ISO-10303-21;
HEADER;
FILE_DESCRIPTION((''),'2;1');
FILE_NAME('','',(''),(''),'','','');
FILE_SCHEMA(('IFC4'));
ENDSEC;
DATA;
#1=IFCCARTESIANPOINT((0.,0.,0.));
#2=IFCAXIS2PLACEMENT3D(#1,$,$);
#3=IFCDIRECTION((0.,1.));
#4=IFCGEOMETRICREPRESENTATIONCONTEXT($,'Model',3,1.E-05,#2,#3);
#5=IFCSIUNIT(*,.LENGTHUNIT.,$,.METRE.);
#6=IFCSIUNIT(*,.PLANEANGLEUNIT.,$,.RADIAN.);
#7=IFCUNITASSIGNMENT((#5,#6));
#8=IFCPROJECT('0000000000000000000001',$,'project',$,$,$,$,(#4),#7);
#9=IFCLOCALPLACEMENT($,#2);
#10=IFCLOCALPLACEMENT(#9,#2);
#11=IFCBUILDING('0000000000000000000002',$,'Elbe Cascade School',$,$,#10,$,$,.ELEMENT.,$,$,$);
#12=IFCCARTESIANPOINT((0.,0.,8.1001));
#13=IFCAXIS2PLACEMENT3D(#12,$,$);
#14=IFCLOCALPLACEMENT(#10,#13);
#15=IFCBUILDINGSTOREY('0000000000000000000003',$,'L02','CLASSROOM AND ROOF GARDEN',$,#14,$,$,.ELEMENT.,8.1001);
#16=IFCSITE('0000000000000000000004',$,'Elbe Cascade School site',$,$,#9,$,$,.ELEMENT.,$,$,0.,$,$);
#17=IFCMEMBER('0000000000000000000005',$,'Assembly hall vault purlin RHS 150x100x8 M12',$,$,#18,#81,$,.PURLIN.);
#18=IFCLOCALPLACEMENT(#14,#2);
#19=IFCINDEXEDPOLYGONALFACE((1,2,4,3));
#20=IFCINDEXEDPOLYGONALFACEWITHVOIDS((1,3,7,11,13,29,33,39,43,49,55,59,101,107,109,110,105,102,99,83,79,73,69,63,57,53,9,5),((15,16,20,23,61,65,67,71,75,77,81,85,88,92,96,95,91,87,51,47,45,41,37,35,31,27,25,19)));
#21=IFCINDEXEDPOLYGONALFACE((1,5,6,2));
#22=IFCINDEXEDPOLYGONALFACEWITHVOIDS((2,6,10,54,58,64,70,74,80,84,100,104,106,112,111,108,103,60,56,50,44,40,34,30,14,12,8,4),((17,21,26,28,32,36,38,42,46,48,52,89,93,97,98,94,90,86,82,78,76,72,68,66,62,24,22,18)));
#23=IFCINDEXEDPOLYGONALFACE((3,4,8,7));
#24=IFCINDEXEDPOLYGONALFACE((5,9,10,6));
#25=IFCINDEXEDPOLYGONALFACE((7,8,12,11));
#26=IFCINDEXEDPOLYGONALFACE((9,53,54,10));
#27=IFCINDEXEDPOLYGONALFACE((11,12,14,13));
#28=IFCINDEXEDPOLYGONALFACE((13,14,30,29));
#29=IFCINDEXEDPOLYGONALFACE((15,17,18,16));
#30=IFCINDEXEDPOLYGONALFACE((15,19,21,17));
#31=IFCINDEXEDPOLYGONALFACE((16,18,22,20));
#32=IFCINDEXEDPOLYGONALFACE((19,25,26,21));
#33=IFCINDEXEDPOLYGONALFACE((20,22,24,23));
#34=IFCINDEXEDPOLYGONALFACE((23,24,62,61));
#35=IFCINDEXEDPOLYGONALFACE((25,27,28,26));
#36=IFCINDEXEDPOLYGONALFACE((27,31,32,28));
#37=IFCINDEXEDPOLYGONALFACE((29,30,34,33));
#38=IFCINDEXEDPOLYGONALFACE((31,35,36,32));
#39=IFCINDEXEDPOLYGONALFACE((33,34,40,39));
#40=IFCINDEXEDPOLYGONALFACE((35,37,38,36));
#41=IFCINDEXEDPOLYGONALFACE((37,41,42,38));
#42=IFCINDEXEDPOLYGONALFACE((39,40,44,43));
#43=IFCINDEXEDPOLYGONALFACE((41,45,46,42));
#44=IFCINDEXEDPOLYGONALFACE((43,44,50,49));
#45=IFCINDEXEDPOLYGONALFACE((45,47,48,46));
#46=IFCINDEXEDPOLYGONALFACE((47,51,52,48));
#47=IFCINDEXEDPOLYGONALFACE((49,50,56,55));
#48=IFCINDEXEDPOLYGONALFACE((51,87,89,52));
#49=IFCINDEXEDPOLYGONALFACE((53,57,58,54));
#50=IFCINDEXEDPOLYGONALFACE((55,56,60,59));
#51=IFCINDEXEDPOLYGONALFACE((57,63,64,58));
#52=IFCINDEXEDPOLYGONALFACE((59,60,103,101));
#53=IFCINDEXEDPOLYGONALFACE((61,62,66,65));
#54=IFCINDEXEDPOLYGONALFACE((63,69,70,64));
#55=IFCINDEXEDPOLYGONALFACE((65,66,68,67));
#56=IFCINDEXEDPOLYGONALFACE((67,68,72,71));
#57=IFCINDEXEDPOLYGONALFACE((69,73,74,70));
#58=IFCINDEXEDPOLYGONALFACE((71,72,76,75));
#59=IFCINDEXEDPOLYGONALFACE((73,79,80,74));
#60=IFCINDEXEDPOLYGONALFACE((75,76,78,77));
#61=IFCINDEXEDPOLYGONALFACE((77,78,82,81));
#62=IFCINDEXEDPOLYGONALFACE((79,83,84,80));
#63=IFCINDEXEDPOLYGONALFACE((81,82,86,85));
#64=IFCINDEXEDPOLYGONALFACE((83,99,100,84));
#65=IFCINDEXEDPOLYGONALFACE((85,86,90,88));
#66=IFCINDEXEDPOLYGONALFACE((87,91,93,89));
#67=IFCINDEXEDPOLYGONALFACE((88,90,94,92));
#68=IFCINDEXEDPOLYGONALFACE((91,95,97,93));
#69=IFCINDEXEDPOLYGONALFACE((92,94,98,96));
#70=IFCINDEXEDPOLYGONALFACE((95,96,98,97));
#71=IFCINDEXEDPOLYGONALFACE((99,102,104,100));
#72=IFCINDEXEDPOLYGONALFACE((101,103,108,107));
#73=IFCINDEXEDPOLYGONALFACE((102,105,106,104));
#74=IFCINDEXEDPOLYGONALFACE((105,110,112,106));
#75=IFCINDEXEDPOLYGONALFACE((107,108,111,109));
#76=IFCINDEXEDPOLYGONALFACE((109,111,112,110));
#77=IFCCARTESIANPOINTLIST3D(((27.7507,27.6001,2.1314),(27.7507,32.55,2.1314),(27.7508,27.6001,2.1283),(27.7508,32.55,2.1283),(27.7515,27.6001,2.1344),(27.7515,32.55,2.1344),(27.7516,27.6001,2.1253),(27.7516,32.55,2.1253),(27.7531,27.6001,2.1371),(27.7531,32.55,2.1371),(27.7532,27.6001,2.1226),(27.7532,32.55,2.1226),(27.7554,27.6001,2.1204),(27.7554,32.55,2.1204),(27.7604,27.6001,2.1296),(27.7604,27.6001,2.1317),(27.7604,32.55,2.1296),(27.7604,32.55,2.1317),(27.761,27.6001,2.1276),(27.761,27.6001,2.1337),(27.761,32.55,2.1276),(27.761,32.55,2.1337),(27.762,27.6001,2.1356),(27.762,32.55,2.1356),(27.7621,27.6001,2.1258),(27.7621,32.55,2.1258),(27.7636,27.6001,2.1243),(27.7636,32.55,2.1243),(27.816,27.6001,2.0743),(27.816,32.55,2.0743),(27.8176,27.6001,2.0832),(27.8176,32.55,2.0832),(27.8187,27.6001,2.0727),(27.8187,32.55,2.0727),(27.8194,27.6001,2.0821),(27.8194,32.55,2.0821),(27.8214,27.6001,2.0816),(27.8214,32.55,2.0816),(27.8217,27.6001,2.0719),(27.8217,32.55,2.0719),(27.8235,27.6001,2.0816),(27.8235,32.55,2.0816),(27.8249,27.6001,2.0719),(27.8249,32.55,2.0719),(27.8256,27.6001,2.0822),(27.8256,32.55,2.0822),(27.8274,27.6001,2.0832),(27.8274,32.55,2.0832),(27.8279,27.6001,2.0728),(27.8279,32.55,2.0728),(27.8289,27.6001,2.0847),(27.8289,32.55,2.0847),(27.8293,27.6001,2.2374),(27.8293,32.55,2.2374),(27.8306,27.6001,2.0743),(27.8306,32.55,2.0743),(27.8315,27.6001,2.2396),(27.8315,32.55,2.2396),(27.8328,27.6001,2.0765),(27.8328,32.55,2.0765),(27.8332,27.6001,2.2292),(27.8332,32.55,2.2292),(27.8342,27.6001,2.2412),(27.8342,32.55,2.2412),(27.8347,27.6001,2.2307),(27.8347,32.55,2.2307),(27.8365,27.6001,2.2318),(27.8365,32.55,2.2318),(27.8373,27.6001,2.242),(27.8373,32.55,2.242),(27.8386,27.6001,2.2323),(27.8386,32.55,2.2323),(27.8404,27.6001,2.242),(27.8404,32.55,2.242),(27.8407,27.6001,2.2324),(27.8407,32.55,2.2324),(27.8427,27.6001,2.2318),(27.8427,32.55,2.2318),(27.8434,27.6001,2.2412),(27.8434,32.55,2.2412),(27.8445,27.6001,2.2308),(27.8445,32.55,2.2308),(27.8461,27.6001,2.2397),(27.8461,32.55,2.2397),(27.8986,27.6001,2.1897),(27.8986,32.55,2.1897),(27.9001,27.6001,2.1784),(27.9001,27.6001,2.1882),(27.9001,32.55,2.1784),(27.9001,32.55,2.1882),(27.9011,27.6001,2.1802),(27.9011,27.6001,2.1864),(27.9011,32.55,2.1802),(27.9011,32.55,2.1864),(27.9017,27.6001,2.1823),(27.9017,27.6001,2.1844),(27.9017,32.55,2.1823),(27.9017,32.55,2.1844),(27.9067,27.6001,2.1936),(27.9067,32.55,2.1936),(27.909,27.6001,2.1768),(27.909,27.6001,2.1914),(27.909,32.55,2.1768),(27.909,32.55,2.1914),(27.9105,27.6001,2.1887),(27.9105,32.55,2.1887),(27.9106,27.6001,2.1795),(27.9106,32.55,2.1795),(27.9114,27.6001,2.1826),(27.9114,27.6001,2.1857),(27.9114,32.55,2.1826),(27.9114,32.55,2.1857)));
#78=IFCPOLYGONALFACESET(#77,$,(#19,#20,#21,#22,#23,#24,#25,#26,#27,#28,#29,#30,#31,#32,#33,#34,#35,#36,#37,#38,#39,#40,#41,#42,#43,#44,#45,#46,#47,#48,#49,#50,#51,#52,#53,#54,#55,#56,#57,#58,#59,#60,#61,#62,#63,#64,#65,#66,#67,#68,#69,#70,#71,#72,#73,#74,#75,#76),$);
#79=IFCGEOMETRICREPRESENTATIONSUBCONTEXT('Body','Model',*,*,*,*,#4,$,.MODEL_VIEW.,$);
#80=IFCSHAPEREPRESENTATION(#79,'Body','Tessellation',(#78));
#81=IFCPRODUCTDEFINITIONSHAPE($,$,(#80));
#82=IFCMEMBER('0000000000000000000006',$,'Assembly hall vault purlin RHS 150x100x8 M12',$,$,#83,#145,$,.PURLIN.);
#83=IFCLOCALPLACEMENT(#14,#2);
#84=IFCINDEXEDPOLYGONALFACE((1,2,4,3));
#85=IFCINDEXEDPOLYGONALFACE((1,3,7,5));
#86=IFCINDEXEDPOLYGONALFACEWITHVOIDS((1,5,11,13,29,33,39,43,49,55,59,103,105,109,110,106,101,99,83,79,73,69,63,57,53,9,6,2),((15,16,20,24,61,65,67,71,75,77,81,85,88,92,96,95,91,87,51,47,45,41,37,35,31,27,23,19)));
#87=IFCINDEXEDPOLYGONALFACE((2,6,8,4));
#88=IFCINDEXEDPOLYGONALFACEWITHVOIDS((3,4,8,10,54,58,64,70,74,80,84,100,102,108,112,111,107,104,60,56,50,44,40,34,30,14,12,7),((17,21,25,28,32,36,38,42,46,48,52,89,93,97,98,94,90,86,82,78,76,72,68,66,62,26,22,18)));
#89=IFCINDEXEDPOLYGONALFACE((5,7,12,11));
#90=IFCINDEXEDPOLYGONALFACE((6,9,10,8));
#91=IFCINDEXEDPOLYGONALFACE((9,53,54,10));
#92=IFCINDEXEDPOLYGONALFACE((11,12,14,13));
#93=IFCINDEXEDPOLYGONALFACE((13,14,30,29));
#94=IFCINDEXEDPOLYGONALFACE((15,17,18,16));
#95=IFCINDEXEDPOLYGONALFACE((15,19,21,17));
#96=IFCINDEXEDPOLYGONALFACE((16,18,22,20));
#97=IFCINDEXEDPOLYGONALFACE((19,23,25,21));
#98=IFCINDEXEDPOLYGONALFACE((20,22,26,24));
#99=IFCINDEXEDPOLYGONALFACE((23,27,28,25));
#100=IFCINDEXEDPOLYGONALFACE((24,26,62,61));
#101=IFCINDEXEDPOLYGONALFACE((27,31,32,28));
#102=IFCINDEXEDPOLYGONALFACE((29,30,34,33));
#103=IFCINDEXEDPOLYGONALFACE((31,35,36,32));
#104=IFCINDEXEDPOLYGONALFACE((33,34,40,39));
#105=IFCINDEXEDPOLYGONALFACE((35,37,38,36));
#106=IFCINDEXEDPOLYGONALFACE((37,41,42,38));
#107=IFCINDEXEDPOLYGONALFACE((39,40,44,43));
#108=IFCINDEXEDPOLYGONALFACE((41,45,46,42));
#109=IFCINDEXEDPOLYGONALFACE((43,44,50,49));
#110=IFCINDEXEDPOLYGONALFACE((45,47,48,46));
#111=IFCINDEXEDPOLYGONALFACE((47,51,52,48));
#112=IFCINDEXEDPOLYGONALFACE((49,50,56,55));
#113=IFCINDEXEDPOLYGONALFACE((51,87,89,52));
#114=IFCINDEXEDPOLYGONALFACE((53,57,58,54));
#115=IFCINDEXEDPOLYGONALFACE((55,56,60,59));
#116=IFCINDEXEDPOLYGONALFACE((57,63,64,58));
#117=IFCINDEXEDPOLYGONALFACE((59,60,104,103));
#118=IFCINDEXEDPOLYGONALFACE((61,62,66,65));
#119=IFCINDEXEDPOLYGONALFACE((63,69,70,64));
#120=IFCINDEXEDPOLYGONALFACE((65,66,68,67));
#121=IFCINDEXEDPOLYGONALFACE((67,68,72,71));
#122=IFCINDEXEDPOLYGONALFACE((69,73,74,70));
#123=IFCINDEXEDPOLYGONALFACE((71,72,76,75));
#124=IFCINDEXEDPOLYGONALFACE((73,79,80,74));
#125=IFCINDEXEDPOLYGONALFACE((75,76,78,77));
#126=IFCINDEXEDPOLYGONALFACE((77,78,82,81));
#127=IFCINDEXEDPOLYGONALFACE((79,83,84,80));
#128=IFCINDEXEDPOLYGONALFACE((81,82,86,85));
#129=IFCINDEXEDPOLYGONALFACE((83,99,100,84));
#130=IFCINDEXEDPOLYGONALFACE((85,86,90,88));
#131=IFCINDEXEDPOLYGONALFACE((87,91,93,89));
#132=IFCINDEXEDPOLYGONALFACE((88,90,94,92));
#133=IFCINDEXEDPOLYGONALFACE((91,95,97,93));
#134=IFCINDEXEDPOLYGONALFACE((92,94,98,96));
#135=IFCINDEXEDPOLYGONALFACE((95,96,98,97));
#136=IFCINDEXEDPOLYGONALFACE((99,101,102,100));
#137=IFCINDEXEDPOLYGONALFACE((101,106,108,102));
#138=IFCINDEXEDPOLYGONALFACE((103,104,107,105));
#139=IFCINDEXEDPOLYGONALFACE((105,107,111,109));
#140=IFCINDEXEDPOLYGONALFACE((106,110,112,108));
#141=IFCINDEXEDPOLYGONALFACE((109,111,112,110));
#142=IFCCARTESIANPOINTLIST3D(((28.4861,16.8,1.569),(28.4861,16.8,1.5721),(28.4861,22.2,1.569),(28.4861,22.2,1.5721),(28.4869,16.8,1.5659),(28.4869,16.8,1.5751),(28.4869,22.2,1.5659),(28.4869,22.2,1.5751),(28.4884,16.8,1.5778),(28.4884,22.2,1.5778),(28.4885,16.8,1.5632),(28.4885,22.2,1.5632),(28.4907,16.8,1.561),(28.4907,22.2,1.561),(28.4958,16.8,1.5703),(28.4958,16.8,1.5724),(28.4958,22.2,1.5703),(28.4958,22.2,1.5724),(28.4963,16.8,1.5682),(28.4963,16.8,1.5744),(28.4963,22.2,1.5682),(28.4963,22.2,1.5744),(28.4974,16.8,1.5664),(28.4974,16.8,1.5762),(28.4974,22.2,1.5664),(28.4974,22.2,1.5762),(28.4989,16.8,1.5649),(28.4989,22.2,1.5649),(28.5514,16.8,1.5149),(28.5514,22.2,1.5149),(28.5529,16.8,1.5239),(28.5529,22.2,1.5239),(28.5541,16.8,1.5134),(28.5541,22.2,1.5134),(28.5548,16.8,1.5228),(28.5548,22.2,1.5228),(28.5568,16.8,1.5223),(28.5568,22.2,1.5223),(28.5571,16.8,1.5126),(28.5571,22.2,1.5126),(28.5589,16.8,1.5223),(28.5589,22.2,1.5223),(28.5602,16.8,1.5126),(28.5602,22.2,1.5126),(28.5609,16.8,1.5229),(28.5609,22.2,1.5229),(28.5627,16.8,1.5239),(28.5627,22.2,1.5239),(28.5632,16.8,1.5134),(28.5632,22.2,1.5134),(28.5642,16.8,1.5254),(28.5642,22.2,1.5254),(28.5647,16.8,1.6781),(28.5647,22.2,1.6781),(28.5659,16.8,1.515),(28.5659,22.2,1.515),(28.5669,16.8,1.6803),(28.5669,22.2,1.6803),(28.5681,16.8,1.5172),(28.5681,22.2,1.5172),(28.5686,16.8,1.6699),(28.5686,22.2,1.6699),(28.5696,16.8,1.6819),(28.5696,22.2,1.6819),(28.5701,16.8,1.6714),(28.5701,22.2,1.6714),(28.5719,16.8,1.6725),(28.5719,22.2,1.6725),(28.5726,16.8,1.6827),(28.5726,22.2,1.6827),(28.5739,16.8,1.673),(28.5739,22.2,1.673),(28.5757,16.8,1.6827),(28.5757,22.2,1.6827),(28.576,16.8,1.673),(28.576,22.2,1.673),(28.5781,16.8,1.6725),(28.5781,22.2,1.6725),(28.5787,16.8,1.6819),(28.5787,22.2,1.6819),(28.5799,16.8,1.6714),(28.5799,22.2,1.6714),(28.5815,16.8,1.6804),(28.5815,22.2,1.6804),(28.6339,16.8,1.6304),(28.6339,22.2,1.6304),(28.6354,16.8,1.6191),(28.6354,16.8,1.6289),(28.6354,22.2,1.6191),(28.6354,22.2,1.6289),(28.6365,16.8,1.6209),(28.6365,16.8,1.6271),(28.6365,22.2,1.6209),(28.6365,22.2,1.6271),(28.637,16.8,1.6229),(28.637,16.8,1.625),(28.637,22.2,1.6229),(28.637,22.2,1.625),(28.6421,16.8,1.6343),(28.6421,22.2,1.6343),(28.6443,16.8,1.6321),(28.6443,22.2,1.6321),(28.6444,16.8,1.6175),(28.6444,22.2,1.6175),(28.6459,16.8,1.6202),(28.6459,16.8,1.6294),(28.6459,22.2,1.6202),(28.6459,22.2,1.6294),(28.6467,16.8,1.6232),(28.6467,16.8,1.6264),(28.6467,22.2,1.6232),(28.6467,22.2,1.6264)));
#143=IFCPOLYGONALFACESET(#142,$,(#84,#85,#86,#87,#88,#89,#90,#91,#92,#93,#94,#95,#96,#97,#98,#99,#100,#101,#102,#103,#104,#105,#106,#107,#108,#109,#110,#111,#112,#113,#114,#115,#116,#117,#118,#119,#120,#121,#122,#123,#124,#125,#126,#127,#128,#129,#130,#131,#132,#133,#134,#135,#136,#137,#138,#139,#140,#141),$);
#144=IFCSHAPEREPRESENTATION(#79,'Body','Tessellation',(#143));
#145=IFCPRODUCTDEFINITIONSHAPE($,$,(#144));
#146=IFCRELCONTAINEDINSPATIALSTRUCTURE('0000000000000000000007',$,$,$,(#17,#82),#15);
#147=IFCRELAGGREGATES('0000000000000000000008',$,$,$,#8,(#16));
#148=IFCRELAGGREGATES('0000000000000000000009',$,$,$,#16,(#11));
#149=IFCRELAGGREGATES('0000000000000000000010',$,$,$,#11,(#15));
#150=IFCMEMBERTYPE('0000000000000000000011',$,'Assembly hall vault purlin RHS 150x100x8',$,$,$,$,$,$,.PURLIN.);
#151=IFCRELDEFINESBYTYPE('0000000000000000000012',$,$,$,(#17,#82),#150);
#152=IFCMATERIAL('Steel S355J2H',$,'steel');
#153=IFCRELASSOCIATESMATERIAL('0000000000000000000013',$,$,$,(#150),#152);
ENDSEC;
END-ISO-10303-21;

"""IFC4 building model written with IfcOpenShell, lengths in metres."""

from ifc_helpers import new_model, si_unit, direction, frame, origin, origin_2d, place, context, subcontext, project, spatial, hollow_rectangle, extrude, material, material_profile, profile_set, type_object, element, save


model = new_model("IFC4")

# Units and contexts
model_context = context("Model", 3, precision=1e-05, world=origin(), true_north=direction((0.0, 1.0)))
body_context = subcontext(model_context, "Body", "Model", "MODEL_VIEW")
ifc_project = project(units=[si_unit("LENGTHUNIT", "METRE"), si_unit("PLANEANGLEUNIT", "RADIAN")], contexts=[model_context])

# Site, building, storey
site_placement = place(None, origin())
site = spatial("IfcSite", under=ifc_project, at=site_placement, Name="Elbe Cascade School site", CompositionType="ELEMENT", RefElevation=0.0)
building_placement = place(site_placement, origin())
building = spatial("IfcBuilding", under=site, at=building_placement, Name="Elbe Cascade School", CompositionType="ELEMENT")
storey_placement = place(building_placement, frame((0.0, 0.0, 8.1001)))
storey = spatial("IfcBuildingStorey", under=building, at=storey_placement, Name="L02", Description="CLASSROOM AND ROOF GARDEN", CompositionType="ELEMENT", Elevation=8.1001)

# Members
ifc_material_1 = material(Name="Steel S355J2H", Category="steel")
ifc_material_profile_1 = material_profile(ifc_material_1, hollow_rectangle(XDim=0.1001, YDim=0.1499, WallThickness=0.0081, InnerFilletRadius=0.0081, OuterFilletRadius=0.012, at=origin_2d()), Name="RHS 150x100x8")
ifc_profile_set_1 = profile_set([ifc_material_profile_1], Name="Steel S355J2H")
member_type_1 = type_object("IfcMemberType", Name="Assembly hall vault purlin RHS 150x100x8", PredefinedType="PURLIN", material=ifc_profile_set_1)
member_1_placement = place(storey_placement, frame((27.8311, 27.6001, 2.157), z_axis=(0.0, 1.0, 0.0), x_axis=(-0.795996, 0.0, 0.605302)))
element("IfcMember", 1, at=member_1_placement, inside=storey, type_object=member_type_1, Name="Assembly hall vault purlin RHS 150x100x8 M12", PredefinedType="PURLIN", context=body_context, shape_type="SweptSolid", body=[
    extrude(hollow_rectangle(XDim=0.1001, YDim=0.1499, WallThickness=0.0081, InnerFilletRadius=0.0081, OuterFilletRadius=0.012, at=origin_2d()), origin(), (0.0, 0.0, 1.0), 4.95),
])
member_2_placement = place(storey_placement, frame((28.5664, 16.8, 1.5977), z_axis=(0.0, 1.0, 0.0), x_axis=(-0.795996, 0.0, 0.605302)))
element("IfcMember", 2, at=member_2_placement, inside=storey, type_object=member_type_1, Name="Assembly hall vault purlin RHS 150x100x8 M12", PredefinedType="PURLIN", context=body_context, shape_type="SweptSolid", body=[
    extrude(hollow_rectangle(XDim=0.1001, YDim=0.1499, WallThickness=0.0081, InnerFilletRadius=0.0081, OuterFilletRadius=0.012, at=origin_2d()), origin(), (0.0, 0.0, 1.0), 5.3999),
])

save(model, "model.ifc")
